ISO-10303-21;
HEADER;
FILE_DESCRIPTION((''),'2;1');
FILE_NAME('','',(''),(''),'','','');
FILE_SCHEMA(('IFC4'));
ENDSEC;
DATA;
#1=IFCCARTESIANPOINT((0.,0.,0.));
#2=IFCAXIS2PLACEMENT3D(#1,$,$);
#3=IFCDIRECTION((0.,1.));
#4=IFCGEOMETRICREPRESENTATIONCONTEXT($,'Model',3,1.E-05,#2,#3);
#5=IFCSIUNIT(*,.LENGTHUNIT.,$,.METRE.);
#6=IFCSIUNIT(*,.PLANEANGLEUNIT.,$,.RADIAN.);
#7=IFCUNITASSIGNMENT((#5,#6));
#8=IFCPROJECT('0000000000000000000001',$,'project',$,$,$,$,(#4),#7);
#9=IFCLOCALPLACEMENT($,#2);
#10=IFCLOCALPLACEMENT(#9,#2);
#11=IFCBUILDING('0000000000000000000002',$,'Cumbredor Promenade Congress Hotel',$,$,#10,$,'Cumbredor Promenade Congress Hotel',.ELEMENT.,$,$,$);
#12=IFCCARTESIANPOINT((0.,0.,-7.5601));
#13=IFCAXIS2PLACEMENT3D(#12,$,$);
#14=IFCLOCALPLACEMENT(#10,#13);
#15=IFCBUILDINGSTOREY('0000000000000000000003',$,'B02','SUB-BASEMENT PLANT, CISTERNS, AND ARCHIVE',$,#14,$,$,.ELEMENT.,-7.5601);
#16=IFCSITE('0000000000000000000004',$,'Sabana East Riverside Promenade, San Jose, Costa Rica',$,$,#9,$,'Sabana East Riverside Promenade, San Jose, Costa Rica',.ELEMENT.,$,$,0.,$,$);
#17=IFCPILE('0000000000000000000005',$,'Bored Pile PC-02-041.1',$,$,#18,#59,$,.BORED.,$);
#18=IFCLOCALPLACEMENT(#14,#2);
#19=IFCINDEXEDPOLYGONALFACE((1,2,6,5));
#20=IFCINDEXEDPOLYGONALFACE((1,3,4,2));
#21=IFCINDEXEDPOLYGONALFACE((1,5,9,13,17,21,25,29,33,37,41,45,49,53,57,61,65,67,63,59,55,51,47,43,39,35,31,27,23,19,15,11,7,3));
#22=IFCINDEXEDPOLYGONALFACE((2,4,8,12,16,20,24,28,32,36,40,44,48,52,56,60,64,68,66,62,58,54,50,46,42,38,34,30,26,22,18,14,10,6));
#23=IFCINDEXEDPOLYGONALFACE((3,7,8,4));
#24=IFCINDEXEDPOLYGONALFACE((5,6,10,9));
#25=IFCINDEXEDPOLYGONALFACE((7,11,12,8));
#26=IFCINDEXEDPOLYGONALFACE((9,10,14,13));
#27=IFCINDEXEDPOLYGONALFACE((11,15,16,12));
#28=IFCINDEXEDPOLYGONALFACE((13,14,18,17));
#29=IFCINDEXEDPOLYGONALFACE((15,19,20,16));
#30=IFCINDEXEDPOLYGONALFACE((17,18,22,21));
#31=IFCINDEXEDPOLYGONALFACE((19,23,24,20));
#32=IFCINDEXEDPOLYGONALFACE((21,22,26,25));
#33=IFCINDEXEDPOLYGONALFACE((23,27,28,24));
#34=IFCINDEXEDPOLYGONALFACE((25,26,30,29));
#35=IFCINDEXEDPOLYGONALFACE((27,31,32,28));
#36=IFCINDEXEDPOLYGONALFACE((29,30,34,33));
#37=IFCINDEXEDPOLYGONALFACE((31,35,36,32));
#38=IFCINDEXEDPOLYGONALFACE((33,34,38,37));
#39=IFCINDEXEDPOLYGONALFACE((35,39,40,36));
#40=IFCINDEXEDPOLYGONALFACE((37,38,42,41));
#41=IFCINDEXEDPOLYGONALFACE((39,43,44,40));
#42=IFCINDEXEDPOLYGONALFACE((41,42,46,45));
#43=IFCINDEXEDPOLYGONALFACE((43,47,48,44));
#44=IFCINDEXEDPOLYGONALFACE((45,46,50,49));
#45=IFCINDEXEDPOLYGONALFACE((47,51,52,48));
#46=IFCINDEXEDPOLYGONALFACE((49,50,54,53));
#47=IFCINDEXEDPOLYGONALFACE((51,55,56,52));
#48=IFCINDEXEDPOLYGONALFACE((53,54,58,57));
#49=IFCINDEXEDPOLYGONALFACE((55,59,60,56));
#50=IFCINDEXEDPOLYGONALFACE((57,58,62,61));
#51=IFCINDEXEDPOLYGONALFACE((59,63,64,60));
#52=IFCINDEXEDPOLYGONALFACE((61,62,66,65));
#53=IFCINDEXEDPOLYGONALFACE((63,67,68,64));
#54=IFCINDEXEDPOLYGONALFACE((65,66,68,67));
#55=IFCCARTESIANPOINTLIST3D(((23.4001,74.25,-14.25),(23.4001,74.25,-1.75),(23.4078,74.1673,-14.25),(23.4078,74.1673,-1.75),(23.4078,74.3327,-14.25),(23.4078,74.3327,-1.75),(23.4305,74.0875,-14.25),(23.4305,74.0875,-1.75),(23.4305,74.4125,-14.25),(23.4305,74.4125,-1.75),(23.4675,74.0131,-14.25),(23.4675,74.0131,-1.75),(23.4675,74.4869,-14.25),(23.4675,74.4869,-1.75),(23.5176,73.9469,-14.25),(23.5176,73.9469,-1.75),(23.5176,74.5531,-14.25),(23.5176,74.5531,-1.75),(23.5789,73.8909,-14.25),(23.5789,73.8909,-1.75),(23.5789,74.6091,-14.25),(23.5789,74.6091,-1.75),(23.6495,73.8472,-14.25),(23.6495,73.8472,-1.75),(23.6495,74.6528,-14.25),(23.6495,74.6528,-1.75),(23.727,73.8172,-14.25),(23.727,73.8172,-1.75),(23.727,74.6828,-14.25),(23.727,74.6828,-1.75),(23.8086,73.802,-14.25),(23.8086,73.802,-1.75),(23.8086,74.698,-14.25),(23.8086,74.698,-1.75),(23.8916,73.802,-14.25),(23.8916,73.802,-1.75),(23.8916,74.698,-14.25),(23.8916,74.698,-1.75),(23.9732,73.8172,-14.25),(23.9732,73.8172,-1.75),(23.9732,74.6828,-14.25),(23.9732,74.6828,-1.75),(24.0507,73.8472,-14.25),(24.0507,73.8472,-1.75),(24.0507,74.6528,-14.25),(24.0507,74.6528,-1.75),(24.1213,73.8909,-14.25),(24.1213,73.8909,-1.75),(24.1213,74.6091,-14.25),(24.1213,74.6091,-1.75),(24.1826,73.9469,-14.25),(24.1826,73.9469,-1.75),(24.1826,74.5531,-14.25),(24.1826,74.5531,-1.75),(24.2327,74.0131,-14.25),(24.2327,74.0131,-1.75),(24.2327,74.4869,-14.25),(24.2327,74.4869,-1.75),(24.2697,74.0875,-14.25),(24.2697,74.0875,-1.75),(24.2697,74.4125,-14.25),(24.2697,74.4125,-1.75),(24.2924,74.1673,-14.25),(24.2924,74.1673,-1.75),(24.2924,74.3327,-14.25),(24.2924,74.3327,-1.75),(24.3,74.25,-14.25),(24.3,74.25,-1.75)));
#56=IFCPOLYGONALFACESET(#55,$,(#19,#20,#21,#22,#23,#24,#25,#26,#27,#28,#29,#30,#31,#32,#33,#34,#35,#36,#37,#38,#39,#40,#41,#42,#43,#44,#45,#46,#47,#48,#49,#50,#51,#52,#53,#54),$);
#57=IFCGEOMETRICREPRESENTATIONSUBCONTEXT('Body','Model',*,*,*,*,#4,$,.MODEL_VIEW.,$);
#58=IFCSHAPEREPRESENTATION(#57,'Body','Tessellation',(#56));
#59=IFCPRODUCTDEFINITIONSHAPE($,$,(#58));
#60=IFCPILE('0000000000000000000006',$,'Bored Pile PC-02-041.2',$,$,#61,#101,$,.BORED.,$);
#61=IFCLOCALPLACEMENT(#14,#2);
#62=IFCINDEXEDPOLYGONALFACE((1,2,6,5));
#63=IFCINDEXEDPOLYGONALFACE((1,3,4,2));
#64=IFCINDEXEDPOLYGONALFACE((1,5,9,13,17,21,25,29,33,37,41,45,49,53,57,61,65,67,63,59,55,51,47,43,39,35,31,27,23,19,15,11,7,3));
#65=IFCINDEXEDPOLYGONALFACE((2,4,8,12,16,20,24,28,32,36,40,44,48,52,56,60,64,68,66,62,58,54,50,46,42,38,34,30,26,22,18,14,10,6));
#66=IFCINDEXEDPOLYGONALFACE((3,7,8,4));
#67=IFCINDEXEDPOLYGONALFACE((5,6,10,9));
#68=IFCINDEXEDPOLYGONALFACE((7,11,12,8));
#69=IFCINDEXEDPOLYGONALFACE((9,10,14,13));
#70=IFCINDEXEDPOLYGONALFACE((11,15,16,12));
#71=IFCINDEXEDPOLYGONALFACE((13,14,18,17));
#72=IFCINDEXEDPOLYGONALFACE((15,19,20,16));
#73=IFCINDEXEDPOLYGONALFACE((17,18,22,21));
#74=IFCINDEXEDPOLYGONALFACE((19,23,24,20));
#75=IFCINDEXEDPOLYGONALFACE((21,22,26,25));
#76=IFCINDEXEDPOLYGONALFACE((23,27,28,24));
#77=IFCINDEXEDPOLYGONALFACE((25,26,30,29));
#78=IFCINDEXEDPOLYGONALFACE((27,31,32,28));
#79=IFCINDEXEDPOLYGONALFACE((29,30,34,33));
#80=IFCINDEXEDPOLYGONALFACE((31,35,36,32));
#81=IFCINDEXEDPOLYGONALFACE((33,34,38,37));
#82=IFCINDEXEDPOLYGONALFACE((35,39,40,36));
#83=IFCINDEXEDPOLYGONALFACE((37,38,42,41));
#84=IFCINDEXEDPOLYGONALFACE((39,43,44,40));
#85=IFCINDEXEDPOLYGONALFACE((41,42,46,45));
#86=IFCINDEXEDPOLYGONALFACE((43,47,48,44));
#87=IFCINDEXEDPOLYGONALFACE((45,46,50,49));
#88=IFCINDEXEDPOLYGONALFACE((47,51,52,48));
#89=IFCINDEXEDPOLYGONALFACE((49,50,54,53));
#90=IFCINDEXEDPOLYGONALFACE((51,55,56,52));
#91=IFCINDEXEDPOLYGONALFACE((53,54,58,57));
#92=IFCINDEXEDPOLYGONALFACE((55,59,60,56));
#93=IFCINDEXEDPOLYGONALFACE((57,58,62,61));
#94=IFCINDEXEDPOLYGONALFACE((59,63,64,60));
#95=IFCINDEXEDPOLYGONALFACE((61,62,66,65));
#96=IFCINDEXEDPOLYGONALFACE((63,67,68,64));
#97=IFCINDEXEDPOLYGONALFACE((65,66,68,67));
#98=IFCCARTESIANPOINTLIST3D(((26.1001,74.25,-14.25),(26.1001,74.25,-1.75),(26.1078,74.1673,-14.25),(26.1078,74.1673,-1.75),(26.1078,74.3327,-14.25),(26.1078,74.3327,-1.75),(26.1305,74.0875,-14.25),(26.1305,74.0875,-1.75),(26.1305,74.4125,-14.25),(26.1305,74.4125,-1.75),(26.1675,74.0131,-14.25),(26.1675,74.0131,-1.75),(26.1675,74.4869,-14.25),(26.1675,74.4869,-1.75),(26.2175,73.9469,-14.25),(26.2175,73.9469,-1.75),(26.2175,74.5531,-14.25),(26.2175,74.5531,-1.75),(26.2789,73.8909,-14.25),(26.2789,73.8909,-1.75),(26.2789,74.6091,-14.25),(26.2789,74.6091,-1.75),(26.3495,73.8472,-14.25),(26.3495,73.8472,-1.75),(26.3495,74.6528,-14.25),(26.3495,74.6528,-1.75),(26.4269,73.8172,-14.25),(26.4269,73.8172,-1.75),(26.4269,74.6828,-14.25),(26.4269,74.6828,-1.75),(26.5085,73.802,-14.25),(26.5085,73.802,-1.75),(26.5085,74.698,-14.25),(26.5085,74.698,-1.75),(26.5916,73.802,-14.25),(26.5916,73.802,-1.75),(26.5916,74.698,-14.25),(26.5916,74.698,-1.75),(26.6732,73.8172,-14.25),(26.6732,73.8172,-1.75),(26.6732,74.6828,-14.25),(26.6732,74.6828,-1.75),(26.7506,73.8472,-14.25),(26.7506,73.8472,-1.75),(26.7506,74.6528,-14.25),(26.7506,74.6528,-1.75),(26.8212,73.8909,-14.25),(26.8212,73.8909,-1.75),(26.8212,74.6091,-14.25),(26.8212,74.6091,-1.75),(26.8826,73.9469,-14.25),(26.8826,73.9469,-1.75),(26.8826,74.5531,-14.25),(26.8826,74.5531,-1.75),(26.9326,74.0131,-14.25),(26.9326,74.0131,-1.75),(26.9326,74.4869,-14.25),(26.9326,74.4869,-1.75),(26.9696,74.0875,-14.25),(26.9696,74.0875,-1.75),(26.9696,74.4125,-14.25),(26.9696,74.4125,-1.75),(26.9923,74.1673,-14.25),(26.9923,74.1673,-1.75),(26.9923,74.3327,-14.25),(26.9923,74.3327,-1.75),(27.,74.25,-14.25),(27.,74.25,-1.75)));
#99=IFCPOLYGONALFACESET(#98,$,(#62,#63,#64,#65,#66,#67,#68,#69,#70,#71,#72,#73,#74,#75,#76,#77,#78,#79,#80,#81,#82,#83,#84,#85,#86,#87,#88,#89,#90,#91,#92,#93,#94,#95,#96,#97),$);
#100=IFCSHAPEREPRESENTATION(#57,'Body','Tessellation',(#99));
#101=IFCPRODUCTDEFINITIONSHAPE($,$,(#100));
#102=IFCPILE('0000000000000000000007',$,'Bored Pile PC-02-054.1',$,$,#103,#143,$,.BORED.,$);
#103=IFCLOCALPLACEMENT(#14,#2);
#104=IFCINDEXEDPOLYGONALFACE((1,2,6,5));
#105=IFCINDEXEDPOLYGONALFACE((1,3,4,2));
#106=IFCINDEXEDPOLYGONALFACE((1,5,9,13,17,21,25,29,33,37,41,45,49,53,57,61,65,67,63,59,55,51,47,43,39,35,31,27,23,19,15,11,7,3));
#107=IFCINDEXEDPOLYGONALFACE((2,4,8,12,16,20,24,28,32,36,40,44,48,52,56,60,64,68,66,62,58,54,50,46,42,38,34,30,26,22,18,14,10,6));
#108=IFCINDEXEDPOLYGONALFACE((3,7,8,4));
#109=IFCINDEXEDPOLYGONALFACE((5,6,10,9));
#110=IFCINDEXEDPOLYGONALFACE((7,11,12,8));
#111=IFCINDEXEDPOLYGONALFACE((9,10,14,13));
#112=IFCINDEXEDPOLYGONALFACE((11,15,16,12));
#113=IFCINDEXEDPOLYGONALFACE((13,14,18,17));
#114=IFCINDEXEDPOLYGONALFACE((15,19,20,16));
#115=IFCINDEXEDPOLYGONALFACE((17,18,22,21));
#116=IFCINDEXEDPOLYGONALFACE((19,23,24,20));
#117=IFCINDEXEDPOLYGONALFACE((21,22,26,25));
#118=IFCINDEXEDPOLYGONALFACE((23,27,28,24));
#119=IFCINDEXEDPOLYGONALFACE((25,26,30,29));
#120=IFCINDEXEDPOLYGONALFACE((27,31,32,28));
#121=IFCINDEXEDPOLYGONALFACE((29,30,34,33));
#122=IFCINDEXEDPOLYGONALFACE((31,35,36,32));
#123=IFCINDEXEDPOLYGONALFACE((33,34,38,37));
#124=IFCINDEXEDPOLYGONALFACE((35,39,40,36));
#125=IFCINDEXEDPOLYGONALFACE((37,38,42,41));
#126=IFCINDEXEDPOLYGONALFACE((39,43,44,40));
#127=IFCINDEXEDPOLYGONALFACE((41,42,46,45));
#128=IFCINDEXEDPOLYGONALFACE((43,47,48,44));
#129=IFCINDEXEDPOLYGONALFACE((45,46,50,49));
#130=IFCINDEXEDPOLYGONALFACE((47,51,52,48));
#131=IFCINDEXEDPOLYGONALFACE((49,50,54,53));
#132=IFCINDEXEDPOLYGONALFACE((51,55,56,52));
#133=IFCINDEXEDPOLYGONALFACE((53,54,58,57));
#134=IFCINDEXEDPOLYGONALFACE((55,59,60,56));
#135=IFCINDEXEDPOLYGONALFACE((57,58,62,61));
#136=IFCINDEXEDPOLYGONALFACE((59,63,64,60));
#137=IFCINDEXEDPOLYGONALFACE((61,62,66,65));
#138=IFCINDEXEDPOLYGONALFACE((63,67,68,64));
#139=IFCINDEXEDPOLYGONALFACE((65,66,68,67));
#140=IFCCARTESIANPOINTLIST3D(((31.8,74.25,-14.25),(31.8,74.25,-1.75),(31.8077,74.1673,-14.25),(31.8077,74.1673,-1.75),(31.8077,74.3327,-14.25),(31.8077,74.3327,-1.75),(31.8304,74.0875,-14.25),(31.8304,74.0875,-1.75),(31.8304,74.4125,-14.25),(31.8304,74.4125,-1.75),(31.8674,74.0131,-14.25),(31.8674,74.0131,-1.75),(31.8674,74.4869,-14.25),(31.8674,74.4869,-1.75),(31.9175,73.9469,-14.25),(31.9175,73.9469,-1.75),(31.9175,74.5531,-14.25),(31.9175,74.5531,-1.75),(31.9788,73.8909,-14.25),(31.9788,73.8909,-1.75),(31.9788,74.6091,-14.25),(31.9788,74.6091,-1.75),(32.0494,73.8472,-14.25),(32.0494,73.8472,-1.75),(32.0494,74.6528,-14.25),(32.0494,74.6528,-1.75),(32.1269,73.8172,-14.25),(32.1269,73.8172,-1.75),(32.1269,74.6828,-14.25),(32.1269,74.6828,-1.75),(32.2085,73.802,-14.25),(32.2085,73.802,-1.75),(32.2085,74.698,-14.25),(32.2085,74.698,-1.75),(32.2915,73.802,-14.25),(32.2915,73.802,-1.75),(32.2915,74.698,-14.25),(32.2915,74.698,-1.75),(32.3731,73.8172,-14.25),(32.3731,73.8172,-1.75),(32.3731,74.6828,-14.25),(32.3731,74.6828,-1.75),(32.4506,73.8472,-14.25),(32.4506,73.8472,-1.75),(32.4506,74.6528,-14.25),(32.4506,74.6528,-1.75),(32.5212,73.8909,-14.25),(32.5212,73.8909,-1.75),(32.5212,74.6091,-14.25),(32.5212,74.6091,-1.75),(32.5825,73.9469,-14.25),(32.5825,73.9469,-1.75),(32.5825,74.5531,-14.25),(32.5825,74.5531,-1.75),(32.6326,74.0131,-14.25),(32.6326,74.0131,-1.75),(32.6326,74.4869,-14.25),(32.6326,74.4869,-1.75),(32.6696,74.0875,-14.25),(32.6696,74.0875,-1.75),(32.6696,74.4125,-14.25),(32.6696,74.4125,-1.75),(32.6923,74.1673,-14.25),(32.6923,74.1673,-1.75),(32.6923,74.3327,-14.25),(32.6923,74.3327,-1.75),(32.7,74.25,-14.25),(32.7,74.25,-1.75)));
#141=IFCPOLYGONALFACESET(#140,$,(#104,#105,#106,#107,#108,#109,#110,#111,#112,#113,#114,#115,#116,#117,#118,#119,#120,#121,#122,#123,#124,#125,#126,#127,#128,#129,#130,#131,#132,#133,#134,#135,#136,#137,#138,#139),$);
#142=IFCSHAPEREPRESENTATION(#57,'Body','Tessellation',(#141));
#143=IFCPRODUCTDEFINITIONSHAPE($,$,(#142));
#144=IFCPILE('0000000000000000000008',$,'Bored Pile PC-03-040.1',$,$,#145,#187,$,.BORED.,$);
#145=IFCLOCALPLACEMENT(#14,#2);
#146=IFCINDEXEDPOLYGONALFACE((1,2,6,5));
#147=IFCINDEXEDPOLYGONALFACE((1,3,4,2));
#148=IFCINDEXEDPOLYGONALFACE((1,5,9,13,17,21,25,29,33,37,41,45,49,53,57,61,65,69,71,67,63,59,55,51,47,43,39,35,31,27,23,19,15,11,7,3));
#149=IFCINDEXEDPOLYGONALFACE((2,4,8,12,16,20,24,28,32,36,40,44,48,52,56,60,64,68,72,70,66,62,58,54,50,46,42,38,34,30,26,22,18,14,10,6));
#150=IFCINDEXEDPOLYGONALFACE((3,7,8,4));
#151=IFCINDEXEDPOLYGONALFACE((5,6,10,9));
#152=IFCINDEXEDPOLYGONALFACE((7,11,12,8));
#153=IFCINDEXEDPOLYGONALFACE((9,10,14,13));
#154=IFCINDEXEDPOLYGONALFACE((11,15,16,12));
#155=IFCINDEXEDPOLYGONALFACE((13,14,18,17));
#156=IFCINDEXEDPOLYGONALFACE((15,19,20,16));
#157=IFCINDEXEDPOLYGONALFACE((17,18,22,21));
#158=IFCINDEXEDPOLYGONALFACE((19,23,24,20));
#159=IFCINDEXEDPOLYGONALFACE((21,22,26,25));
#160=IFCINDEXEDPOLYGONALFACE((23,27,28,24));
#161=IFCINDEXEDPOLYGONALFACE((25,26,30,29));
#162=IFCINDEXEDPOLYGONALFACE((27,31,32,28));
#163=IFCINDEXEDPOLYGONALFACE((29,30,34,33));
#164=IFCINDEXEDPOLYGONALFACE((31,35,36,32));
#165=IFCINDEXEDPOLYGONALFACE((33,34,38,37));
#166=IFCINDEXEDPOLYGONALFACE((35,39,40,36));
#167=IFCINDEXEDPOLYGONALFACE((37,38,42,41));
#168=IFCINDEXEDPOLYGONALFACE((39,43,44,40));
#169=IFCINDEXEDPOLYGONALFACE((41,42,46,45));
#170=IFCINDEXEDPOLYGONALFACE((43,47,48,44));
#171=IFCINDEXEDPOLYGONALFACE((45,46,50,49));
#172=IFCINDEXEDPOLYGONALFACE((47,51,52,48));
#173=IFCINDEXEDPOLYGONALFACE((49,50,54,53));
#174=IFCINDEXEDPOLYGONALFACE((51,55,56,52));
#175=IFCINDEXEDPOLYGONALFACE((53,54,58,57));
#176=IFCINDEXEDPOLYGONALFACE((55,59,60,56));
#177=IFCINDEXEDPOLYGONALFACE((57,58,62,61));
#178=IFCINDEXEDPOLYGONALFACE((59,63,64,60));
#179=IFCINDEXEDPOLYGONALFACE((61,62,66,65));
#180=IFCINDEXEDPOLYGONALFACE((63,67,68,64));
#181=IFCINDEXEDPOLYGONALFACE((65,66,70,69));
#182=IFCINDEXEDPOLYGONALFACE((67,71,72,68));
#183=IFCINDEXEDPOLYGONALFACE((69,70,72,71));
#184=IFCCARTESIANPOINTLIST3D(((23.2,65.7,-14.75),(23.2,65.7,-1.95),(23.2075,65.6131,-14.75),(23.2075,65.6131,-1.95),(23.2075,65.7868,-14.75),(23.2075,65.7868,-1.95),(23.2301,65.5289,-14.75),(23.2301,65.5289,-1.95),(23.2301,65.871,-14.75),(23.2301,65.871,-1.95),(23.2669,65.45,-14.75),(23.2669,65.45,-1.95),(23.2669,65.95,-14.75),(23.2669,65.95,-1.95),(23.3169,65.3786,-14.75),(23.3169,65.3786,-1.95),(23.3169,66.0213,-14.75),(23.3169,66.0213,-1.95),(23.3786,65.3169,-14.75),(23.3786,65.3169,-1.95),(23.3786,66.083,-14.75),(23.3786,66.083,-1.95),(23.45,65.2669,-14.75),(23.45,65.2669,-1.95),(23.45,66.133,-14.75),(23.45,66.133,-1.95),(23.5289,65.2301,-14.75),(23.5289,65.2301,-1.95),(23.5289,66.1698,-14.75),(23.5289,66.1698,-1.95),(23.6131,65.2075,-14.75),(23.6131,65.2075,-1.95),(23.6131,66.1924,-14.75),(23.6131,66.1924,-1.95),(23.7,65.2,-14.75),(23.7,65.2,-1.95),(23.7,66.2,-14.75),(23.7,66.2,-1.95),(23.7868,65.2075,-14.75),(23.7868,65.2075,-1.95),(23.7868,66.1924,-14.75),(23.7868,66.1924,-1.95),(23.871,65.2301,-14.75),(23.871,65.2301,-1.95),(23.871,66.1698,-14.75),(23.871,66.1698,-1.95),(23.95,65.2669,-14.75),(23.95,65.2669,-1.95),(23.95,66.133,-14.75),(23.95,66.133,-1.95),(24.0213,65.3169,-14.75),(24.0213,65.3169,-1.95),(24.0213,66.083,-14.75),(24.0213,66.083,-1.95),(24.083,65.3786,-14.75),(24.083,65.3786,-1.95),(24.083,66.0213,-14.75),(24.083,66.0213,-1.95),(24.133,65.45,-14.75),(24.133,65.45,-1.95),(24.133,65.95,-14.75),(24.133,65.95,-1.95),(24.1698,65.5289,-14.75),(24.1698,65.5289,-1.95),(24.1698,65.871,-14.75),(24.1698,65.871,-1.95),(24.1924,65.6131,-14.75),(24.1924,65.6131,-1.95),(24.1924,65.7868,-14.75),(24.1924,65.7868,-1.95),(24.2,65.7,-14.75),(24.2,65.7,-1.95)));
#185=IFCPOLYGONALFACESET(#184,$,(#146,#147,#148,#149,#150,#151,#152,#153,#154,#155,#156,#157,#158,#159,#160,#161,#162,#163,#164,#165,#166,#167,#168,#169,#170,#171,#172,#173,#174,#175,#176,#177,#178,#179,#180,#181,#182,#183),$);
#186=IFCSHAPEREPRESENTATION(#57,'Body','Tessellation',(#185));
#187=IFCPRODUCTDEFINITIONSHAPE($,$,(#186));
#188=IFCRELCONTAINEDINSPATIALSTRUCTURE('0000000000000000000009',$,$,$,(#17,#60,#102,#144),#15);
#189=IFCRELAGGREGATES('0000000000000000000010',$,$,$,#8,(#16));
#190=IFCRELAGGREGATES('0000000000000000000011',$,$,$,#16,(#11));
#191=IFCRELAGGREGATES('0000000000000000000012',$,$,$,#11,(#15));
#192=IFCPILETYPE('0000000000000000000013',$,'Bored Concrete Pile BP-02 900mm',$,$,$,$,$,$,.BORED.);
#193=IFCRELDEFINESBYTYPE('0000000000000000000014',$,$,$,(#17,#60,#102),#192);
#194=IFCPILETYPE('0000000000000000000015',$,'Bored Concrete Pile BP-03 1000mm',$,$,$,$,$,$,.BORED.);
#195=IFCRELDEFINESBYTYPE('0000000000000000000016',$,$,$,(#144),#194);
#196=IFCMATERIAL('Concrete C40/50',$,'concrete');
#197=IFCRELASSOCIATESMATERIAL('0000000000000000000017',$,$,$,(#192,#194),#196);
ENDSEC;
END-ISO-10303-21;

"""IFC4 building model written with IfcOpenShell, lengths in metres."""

from ifc_helpers import new_model, si_unit, direction, frame, origin, origin_2d, place, context, subcontext, project, spatial, circle, extrude, material, material_profile, profile_set, type_object, element, save


model = new_model("IFC4")

# Units and contexts
model_context = context("Model", 3, precision=1e-05, world=origin(), true_north=direction((0.0, 1.0)))
body_context = subcontext(model_context, "Body", "Model", "MODEL_VIEW")
ifc_project = project(units=[si_unit("LENGTHUNIT", "METRE"), si_unit("PLANEANGLEUNIT", "RADIAN")], contexts=[model_context])

# Site, building, storey
site_placement = place(None, origin())
site = spatial("IfcSite", under=ifc_project, at=site_placement, Name="Sabana East Riverside Promenade, San Jose, Costa Rica", LongName="Sabana East Riverside Promenade, San Jose, Costa Rica", CompositionType="ELEMENT", RefElevation=0.0)
building_placement = place(site_placement, origin())
building = spatial("IfcBuilding", under=site, at=building_placement, Name="Cumbredor Promenade Congress Hotel", LongName="Cumbredor Promenade Congress Hotel", CompositionType="ELEMENT")
storey_placement = place(building_placement, frame((0.0, 0.0, -7.5601)))
storey = spatial("IfcBuildingStorey", under=building, at=storey_placement, Name="B02", Description="SUB-BASEMENT PLANT, CISTERNS, AND ARCHIVE", CompositionType="ELEMENT", Elevation=-7.5601)

# Piles
ifc_material_1 = material(Name="Concrete C40/50", Category="concrete")
ifc_material_profile_1 = material_profile(ifc_material_1, circle(Radius=0.45, at=origin_2d()), Name="PILE D900")
ifc_profile_set_1 = profile_set([ifc_material_profile_1], Name="Concrete C40/50")
pile_type_1 = type_object("IfcPileType", Name="Bored Concrete Pile BP-02 900mm", PredefinedType="BORED", material=ifc_profile_set_1)
for number, where, z_axis, x_axis, name in (
    (1, (23.8501, 74.25, -1.75), (0.0, 0.0, -1.0), (1.0, 0.0, 0.0), "Bored Pile PC-02-041.1"),
    (2, (26.55, 74.25, -1.75), (0.0, 0.0, -1.0), (1.0, 0.0, 0.0), "Bored Pile PC-02-041.2"),
    (3, (32.25, 74.25, -1.75), (0.0, 0.0, -1.0), (1.0, 0.0, 0.0), "Bored Pile PC-02-054.1"),
):
    element("IfcPile", number, at=place(storey_placement, frame(where, z_axis=z_axis, x_axis=x_axis)), inside=storey, type_object=pile_type_1, Name=name, PredefinedType="BORED", context=body_context, shape_type="SweptSolid", body=[
        extrude(circle(Radius=0.45, at=origin_2d()), origin(), (0.0, 0.0, 1.0), 12.5),
    ])
ifc_material_profile_2 = material_profile(ifc_material_1, circle(Radius=0.5, at=origin_2d()), Name="PILE D1000")
ifc_profile_set_2 = profile_set([ifc_material_profile_2], Name="Concrete C40/50")
pile_type_2 = type_object("IfcPileType", Name="Bored Concrete Pile BP-03 1000mm", PredefinedType="BORED", material=ifc_profile_set_2)
for number, where, z_axis, x_axis, name in (
    (4, (23.7, 65.7, -1.95), (0.0, 0.0, -1.0), (1.0, 0.0, 0.0), "Bored Pile PC-03-040.1"),
):
    element("IfcPile", number, at=place(storey_placement, frame(where, z_axis=z_axis, x_axis=x_axis)), inside=storey, type_object=pile_type_2, Name=name, PredefinedType="BORED", context=body_context, shape_type="SweptSolid", body=[
        extrude(circle(Radius=0.5, at=origin_2d()), origin(), (0.0, 0.0, 1.0), 12.8),
    ])

save(model, "model.ifc")
